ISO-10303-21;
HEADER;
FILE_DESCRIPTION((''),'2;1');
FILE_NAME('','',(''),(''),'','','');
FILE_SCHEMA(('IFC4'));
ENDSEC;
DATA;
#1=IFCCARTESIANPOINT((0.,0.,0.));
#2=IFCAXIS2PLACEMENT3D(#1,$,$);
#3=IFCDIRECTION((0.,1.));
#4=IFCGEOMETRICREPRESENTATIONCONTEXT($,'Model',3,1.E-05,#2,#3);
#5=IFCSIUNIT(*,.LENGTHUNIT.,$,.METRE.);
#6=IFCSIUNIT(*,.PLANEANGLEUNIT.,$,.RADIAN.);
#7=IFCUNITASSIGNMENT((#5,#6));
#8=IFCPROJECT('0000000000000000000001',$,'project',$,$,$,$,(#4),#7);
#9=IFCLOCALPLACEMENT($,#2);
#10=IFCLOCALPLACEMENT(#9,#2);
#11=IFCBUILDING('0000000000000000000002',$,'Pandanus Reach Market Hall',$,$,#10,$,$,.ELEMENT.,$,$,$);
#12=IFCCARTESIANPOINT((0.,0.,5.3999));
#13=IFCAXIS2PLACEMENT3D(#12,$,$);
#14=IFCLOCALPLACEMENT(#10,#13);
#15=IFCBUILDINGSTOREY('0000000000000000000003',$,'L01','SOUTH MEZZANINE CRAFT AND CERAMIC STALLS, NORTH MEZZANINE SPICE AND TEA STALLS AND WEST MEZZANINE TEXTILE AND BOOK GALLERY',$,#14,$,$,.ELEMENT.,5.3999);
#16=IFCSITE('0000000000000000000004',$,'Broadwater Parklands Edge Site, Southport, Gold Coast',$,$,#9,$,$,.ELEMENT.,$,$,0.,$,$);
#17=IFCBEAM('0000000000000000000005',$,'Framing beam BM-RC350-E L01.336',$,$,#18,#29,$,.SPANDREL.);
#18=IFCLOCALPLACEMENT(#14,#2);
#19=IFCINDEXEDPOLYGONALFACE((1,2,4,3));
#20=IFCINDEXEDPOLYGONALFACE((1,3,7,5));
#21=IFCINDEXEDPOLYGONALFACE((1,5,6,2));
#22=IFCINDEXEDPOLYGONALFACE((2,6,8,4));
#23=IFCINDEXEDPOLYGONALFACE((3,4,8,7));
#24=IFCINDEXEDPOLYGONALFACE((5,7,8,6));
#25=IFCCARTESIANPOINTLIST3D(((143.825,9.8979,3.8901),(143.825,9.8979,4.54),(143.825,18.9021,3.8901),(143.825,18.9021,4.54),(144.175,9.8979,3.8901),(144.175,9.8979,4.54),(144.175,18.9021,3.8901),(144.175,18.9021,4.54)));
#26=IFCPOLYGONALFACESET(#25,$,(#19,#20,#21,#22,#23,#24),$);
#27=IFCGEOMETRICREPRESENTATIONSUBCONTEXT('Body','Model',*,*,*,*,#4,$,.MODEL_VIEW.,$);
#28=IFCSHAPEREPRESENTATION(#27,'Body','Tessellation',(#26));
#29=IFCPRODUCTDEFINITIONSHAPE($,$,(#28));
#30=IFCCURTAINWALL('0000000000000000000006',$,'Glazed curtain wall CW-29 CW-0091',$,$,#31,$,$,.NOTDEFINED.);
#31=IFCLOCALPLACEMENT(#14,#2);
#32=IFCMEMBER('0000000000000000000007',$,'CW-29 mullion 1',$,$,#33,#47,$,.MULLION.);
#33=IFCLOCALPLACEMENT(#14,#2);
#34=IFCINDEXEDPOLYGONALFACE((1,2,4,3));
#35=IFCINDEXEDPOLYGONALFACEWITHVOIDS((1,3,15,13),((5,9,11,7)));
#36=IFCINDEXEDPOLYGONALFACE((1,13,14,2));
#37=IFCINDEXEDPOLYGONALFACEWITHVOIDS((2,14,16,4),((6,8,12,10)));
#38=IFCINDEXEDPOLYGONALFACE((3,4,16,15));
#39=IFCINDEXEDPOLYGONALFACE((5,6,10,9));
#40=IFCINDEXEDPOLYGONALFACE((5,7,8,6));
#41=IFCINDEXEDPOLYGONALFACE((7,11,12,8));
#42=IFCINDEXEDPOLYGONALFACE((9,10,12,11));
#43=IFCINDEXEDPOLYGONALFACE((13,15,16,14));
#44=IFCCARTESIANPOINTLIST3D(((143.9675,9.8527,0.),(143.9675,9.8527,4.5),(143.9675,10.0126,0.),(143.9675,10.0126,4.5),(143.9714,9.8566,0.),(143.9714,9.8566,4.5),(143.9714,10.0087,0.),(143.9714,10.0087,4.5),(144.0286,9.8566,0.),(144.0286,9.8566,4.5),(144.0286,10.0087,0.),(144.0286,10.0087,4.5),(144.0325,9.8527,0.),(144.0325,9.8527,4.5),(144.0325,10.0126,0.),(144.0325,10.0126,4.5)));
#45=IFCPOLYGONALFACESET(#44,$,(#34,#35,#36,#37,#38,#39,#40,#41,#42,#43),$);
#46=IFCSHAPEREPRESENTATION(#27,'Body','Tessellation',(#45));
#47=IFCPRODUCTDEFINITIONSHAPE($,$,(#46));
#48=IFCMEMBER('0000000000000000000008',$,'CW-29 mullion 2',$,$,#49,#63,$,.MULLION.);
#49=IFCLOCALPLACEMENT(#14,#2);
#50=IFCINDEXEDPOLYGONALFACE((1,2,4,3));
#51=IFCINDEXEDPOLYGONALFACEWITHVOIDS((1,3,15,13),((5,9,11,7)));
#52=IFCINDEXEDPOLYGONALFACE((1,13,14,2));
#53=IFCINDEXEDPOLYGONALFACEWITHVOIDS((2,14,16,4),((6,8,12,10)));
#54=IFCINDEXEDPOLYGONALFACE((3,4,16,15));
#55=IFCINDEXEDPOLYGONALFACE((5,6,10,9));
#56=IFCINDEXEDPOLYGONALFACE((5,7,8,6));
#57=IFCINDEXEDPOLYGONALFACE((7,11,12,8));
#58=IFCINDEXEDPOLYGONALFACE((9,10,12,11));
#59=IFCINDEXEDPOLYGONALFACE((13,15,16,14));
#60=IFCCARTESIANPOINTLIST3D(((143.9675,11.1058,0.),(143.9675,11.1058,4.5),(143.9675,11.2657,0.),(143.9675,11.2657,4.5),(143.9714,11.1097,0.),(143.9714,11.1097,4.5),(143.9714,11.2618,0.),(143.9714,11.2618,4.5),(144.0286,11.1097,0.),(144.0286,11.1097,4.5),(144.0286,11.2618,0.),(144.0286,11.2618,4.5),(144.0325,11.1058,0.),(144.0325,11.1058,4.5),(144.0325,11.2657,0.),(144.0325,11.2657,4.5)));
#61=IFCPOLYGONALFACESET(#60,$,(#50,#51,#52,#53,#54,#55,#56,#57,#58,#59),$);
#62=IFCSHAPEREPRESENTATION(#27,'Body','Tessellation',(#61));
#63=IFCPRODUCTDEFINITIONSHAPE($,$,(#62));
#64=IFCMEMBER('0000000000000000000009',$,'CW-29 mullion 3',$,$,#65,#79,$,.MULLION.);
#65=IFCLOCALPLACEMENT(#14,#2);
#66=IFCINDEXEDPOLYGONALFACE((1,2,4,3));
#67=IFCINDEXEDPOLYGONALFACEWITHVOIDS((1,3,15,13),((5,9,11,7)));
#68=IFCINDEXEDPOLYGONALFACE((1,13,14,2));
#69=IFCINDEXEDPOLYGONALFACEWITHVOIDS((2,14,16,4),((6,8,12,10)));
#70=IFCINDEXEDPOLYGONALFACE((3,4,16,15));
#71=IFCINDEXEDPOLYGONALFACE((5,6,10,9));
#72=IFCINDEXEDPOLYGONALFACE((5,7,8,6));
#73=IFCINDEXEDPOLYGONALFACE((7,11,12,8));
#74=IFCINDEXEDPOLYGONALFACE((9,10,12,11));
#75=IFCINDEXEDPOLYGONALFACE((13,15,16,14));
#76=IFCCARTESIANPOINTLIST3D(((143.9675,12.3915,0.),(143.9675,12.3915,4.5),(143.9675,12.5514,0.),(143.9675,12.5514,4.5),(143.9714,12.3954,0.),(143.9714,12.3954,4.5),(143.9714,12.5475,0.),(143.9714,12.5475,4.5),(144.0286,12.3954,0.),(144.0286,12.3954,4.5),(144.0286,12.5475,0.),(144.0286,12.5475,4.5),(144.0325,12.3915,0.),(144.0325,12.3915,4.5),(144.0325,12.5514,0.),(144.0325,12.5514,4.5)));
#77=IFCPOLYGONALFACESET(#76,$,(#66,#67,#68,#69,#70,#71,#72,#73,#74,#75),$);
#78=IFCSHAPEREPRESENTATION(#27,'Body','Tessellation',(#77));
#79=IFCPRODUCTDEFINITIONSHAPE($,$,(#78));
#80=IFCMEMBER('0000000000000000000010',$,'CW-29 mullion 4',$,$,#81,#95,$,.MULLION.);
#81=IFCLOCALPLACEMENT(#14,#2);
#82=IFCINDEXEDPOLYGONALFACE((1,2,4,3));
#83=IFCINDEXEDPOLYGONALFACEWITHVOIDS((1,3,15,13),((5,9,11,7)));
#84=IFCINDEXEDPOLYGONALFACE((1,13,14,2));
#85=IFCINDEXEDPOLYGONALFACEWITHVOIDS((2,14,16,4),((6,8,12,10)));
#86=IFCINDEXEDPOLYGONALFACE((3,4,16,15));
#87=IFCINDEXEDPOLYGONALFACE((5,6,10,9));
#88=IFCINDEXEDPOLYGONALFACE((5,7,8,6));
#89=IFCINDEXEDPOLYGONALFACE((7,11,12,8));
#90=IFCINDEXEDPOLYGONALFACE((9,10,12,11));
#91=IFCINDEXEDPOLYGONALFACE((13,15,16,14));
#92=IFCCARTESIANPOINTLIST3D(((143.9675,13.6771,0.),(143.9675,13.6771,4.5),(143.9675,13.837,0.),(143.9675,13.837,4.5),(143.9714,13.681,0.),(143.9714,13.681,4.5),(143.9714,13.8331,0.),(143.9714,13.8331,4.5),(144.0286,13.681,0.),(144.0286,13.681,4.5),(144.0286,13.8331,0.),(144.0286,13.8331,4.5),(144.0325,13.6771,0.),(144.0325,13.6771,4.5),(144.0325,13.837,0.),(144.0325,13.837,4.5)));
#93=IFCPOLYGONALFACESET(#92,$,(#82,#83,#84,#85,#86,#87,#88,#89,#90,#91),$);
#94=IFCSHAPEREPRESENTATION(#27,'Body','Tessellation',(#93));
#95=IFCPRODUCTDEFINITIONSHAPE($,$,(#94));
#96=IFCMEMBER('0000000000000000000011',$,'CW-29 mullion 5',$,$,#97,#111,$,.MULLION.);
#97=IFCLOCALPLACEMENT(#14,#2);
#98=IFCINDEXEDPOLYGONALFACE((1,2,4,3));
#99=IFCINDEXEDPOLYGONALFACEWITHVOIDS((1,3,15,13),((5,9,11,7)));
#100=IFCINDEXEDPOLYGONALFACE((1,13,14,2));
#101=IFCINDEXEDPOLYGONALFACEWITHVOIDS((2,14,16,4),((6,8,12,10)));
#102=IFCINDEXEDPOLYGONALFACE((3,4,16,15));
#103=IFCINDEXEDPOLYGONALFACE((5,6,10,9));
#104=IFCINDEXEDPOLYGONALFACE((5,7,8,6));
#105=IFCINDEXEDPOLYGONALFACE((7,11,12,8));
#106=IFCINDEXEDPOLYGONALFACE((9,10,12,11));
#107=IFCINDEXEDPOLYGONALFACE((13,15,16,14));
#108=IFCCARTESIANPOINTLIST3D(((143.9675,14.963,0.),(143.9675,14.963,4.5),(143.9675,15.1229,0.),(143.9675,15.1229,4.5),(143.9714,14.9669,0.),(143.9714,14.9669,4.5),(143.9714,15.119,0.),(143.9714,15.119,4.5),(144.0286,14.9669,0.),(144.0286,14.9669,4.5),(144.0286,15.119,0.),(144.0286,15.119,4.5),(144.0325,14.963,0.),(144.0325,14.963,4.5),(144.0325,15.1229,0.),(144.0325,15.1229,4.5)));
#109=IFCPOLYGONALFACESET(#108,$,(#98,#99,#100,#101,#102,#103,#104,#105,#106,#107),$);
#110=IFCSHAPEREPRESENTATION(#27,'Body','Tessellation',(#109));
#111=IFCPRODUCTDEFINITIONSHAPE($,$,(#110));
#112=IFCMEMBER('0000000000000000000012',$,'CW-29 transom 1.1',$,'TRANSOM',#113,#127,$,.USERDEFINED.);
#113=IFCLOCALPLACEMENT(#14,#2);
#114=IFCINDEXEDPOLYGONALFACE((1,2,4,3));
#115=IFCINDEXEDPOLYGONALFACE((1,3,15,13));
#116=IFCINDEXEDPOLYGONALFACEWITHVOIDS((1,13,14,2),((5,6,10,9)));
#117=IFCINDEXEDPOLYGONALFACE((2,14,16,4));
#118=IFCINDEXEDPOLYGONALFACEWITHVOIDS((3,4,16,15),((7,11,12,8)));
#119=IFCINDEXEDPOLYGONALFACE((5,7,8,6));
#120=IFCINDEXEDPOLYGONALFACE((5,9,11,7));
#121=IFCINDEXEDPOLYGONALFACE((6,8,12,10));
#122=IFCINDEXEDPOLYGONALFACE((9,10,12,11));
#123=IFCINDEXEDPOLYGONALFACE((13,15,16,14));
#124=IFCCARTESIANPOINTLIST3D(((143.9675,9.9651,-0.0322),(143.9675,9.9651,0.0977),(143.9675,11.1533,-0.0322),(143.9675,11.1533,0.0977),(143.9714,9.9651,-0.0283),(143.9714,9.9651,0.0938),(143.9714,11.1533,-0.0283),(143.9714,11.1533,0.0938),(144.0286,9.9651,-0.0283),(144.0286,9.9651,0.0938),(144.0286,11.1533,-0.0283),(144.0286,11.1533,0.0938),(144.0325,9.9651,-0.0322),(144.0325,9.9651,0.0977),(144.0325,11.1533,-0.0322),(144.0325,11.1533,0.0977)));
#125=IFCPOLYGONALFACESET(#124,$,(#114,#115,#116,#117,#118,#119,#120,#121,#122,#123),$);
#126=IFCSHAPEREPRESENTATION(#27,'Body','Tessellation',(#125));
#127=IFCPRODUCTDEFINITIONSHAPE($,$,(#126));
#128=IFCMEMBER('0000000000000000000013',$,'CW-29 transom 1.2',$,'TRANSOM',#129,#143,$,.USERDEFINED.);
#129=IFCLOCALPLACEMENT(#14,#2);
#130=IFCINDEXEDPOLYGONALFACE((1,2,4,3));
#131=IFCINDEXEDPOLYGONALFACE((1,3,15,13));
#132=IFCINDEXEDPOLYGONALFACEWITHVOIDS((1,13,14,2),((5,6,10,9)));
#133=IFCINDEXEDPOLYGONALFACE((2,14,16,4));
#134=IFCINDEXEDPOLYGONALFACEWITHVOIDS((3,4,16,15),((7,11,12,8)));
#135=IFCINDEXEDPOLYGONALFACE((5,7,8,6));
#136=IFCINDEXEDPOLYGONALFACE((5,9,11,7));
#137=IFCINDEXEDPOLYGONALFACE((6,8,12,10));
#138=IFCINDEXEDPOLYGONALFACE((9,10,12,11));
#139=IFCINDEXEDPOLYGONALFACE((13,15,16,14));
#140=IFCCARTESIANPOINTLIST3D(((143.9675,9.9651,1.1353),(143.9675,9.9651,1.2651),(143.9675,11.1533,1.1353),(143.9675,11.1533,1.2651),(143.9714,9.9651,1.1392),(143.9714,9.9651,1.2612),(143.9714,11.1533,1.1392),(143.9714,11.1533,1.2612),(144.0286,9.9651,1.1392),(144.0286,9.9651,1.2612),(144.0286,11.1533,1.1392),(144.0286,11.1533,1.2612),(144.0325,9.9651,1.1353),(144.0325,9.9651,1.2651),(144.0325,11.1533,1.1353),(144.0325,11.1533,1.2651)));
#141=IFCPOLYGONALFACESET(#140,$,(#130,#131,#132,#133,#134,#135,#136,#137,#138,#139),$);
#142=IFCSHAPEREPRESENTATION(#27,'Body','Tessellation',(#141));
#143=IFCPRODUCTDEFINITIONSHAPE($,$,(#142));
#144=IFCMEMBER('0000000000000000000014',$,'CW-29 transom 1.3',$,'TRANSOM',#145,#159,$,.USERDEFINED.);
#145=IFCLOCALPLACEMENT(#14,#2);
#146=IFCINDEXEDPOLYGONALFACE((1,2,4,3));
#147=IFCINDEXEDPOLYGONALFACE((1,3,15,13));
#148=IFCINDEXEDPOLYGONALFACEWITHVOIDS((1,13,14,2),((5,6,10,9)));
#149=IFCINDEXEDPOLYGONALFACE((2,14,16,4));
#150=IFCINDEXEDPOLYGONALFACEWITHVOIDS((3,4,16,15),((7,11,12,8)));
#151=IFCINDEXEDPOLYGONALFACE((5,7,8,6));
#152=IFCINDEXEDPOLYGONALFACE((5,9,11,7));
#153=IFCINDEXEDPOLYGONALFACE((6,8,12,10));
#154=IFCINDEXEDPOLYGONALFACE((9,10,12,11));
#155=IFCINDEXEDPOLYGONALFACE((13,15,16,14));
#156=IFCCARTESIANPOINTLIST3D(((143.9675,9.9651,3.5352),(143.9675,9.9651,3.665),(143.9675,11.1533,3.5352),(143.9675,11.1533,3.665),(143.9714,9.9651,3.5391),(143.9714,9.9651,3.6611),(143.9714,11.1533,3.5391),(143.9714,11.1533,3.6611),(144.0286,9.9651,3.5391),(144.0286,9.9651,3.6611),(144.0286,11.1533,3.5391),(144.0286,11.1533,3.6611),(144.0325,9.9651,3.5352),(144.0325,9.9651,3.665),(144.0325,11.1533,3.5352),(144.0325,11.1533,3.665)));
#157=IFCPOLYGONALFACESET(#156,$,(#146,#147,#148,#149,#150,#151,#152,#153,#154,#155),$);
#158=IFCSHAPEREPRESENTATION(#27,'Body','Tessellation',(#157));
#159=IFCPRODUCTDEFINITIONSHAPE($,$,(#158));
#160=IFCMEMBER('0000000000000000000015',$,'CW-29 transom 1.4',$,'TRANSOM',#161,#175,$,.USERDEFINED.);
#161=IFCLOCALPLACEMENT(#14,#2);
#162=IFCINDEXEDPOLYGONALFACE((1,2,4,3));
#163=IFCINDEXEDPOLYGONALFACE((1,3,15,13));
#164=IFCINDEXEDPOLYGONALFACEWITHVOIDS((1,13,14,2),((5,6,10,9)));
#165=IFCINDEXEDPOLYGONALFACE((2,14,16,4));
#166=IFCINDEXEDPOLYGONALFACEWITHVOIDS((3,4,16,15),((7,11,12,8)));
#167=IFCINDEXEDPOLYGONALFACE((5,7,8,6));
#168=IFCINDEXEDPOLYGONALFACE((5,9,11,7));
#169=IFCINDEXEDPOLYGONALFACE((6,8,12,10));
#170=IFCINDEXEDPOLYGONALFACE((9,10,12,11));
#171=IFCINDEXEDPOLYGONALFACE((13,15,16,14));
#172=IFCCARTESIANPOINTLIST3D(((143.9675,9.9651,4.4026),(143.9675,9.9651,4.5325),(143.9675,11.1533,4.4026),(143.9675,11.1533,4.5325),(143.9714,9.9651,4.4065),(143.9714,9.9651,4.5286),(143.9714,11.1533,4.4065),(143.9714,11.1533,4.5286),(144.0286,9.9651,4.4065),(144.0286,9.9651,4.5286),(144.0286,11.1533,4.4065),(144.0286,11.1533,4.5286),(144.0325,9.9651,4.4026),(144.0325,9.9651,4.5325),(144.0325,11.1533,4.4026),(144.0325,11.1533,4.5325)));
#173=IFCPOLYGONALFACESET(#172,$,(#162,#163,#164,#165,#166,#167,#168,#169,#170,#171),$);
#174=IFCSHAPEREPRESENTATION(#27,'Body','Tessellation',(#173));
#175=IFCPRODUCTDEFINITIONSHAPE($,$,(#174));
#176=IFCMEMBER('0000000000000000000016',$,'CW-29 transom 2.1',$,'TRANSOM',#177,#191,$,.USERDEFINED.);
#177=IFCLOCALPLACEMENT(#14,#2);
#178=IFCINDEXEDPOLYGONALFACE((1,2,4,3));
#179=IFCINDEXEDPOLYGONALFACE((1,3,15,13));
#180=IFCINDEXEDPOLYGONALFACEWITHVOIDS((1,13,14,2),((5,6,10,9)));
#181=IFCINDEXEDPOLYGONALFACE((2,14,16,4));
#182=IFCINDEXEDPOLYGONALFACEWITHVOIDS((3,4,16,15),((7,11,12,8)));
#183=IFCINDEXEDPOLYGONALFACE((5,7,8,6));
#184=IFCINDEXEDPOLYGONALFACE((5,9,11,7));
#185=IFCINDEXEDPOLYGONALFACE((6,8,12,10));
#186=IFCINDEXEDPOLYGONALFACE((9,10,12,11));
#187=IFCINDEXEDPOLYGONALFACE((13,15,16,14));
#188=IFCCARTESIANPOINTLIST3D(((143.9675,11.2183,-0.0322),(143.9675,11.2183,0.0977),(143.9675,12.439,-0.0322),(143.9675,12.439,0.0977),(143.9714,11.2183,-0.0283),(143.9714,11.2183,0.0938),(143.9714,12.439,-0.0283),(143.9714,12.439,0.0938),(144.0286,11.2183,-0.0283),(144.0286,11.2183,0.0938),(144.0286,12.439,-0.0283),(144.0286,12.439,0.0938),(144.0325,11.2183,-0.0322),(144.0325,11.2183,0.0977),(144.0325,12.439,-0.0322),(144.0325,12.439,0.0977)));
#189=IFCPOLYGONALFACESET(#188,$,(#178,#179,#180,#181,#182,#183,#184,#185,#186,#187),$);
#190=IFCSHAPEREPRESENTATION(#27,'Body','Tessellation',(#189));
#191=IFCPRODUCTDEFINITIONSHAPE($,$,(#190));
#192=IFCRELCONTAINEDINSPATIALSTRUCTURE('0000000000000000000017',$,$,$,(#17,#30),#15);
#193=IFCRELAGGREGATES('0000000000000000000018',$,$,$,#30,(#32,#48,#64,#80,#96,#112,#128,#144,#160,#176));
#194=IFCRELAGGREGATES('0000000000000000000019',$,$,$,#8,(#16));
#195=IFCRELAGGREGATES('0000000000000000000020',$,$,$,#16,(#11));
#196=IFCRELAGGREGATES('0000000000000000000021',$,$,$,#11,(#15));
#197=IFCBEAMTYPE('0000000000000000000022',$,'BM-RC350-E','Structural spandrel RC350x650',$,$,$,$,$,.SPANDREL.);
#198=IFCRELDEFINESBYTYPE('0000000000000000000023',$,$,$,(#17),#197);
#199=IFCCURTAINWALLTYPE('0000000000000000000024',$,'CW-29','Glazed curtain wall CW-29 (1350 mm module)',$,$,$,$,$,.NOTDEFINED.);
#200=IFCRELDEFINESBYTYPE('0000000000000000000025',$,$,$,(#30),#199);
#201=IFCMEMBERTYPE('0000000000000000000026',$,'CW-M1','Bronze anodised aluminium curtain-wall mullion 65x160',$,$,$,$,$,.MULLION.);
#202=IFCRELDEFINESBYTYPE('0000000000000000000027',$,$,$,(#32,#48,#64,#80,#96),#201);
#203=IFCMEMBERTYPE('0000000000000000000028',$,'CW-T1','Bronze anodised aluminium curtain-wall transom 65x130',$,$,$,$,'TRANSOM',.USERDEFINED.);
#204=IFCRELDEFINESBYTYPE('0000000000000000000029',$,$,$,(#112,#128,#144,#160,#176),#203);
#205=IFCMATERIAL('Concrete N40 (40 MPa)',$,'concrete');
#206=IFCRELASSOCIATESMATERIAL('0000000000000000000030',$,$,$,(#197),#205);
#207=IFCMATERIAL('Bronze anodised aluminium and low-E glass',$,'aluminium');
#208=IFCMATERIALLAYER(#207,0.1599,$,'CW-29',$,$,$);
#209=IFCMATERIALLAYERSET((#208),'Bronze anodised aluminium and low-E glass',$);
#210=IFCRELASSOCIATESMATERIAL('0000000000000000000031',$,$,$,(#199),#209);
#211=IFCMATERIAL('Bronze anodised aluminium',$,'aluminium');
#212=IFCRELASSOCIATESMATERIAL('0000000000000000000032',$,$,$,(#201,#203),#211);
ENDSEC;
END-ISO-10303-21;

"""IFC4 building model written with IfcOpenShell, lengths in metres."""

from ifc_helpers import new_model, si_unit, direction, frame, origin, origin_2d, place, context, subcontext, project, spatial, rectangle, hollow_rectangle, extrude, material, layer, layer_set, material_profile, profile_set, type_object, element, aggregate, save


model = new_model("IFC4")

# Units and contexts
model_context = context("Model", 3, precision=1e-05, world=origin(), true_north=direction((0.0, 1.0)))
body_context = subcontext(model_context, "Body", "Model", "MODEL_VIEW")
ifc_project = project(units=[si_unit("LENGTHUNIT", "METRE"), si_unit("PLANEANGLEUNIT", "RADIAN")], contexts=[model_context])

# Site, building, storey
site_placement = place(None, origin())
site = spatial("IfcSite", under=ifc_project, at=site_placement, Name="Broadwater Parklands Edge Site, Southport, Gold Coast", CompositionType="ELEMENT", RefElevation=0.0)
building_placement = place(site_placement, origin())
building = spatial("IfcBuilding", under=site, at=building_placement, Name="Pandanus Reach Market Hall", CompositionType="ELEMENT")
storey_placement = place(building_placement, frame((0.0, 0.0, 5.3999)))
storey = spatial("IfcBuildingStorey", under=building, at=storey_placement, Name="L01", Description="SOUTH MEZZANINE CRAFT AND CERAMIC STALLS, NORTH MEZZANINE SPICE AND TEA STALLS AND WEST MEZZANINE TEXTILE AND BOOK GALLERY", CompositionType="ELEMENT", Elevation=5.3999)

# Beam
ifc_material_1 = material(Name="Concrete N40 (40 MPa)", Category="concrete")
ifc_material_profile_1 = material_profile(ifc_material_1, rectangle(XDim=0.3501, YDim=0.6499, at=origin_2d()), Name="RC350x650", Category="LoadBearing")
ifc_profile_set_1 = profile_set([ifc_material_profile_1], Name="Concrete N40 (40 MPa)")
beam_type = type_object("IfcBeamType", Name="BM-RC350-E", Description="Structural spandrel RC350x650", PredefinedType="SPANDREL", material=ifc_profile_set_1)
beam_placement = place(storey_placement, frame((144.0, 9.8979, 4.2151), z_axis=(0.0, 1.0, 0.0), x_axis=(-1.0, 0.0, 0.0)))
element("IfcBeam", 1, at=beam_placement, inside=storey, type_object=beam_type, Name="Framing beam BM-RC350-E L01.336", PredefinedType="SPANDREL", context=body_context, shape_type="SweptSolid", body=[
    extrude(rectangle(XDim=0.3501, YDim=0.6499, at=origin_2d()), origin(), (0.0, 0.0, 1.0), 9.0042),
])

# Curtain wall, members
ifc_material_2 = material(Name="Bronze anodised aluminium and low-E glass", Category="aluminium")
ifc_layer_1 = layer(ifc_material_2, 0.1599, Name="CW-29")
ifc_layer_set_1 = layer_set([ifc_layer_1], Name="Bronze anodised aluminium and low-E glass")
curtain_wall_type = type_object("IfcCurtainWallType", Name="CW-29", Description="Glazed curtain wall CW-29 (1350 mm module)", PredefinedType="NOTDEFINED", material=ifc_layer_set_1)
curtain_wall_placement = place(storey_placement, origin())
curtain_wall = element("IfcCurtainWall", 2, at=curtain_wall_placement, inside=storey, type_object=curtain_wall_type, Name="Glazed curtain wall CW-29 CW-0091", PredefinedType="NOTDEFINED")
ifc_material_3 = material(Name="Bronze anodised aluminium", Category="aluminium")
ifc_material_profile_2 = material_profile(ifc_material_3, hollow_rectangle(XDim=0.0649, YDim=0.1599, WallThickness=0.0039, at=origin_2d()), Name="ALU65x160", Category="LoadBearing")
ifc_profile_set_2 = profile_set([ifc_material_profile_2], Name="Bronze anodised aluminium")
member_type_1 = type_object("IfcMemberType", Name="CW-M1", Description="Bronze anodised aluminium curtain-wall mullion 65x160", PredefinedType="MULLION", material=ifc_profile_set_2)
member_1_placement = place(storey_placement, frame((144.0, 9.9326, 0.0), z_axis=(0.0, 0.0, 1.0), x_axis=(-1.0, 0.0, 0.0)))
member_1 = element("IfcMember", 3, at=member_1_placement, type_object=member_type_1, Name="CW-29 mullion 1", PredefinedType="MULLION", context=body_context, shape_type="SweptSolid", body=[
    extrude(hollow_rectangle(XDim=0.0649, YDim=0.1599, WallThickness=0.0039, at=origin_2d()), origin(), (0.0, 0.0, 1.0), 4.5),
])
member_2_placement = place(storey_placement, frame((144.0, 11.1858, 0.0), z_axis=(0.0, 0.0, 1.0), x_axis=(-1.0, 0.0, 0.0)))
member_2 = element("IfcMember", 4, at=member_2_placement, type_object=member_type_1, Name="CW-29 mullion 2", PredefinedType="MULLION", context=body_context, shape_type="SweptSolid", body=[
    extrude(hollow_rectangle(XDim=0.0649, YDim=0.1599, WallThickness=0.0039, at=origin_2d()), origin(), (0.0, 0.0, 1.0), 4.5),
])
member_3_placement = place(storey_placement, frame((144.0, 12.4714, 0.0), z_axis=(0.0, 0.0, 1.0), x_axis=(-1.0, 0.0, 0.0)))
member_3 = element("IfcMember", 5, at=member_3_placement, type_object=member_type_1, Name="CW-29 mullion 3", PredefinedType="MULLION", context=body_context, shape_type="SweptSolid", body=[
    extrude(hollow_rectangle(XDim=0.0649, YDim=0.1599, WallThickness=0.0039, at=origin_2d()), origin(), (0.0, 0.0, 1.0), 4.5),
])
member_4_placement = place(storey_placement, frame((144.0, 13.7571, 0.0), z_axis=(0.0, 0.0, 1.0), x_axis=(-1.0, 0.0, 0.0)))
member_4 = element("IfcMember", 6, at=member_4_placement, type_object=member_type_1, Name="CW-29 mullion 4", PredefinedType="MULLION", context=body_context, shape_type="SweptSolid", body=[
    extrude(hollow_rectangle(XDim=0.0649, YDim=0.1599, WallThickness=0.0039, at=origin_2d()), origin(), (0.0, 0.0, 1.0), 4.5),
])
member_5_placement = place(storey_placement, frame((144.0, 15.043, 0.0), z_axis=(0.0, 0.0, 1.0), x_axis=(-1.0, 0.0, 0.0)))
member_5 = element("IfcMember", 7, at=member_5_placement, type_object=member_type_1, Name="CW-29 mullion 5", PredefinedType="MULLION", context=body_context, shape_type="SweptSolid", body=[
    extrude(hollow_rectangle(XDim=0.0649, YDim=0.1599, WallThickness=0.0039, at=origin_2d()), origin(), (0.0, 0.0, 1.0), 4.5),
])
ifc_material_profile_3 = material_profile(ifc_material_3, hollow_rectangle(XDim=0.0649, YDim=0.1299, WallThickness=0.0039, at=origin_2d()), Name="ALU65x130", Category="LoadBearing")
ifc_profile_set_3 = profile_set([ifc_material_profile_3], Name="Bronze anodised aluminium")
member_type_2 = type_object("IfcMemberType", Name="CW-T1", Description="Bronze anodised aluminium curtain-wall transom 65x130", ElementType="TRANSOM", PredefinedType="USERDEFINED", material=ifc_profile_set_3)
member_6_placement = place(storey_placement, frame((144.0, 9.9651, 0.0327), z_axis=(0.0, 1.0, 0.0), x_axis=(-1.0, 0.0, 0.0)))
member_6 = element("IfcMember", 8, at=member_6_placement, type_object=member_type_2, Name="CW-29 transom 1.1", ObjectType="TRANSOM", PredefinedType="USERDEFINED", context=body_context, shape_type="SweptSolid", body=[
    extrude(hollow_rectangle(XDim=0.0649, YDim=0.1299, WallThickness=0.0039, at=origin_2d()), origin(), (0.0, 0.0, 1.0), 1.1882),
])
member_7_placement = place(storey_placement, frame((144.0, 9.9651, 1.2002), z_axis=(0.0, 1.0, 0.0), x_axis=(-1.0, 0.0, 0.0)))
member_7 = element("IfcMember", 9, at=member_7_placement, type_object=member_type_2, Name="CW-29 transom 1.2", ObjectType="TRANSOM", PredefinedType="USERDEFINED", context=body_context, shape_type="SweptSolid", body=[
    extrude(hollow_rectangle(XDim=0.0649, YDim=0.1299, WallThickness=0.0039, at=origin_2d()), origin(), (0.0, 0.0, 1.0), 1.1882),
])
member_8_placement = place(storey_placement, frame((144.0, 9.9651, 3.6001), z_axis=(0.0, 1.0, 0.0), x_axis=(-1.0, 0.0, 0.0)))
member_8 = element("IfcMember", 10, at=member_8_placement, type_object=member_type_2, Name="CW-29 transom 1.3", ObjectType="TRANSOM", PredefinedType="USERDEFINED", context=body_context, shape_type="SweptSolid", body=[
    extrude(hollow_rectangle(XDim=0.0649, YDim=0.1299, WallThickness=0.0039, at=origin_2d()), origin(), (0.0, 0.0, 1.0), 1.1882),
])
member_9_placement = place(storey_placement, frame((144.0, 9.9651, 4.4675), z_axis=(0.0, 1.0, 0.0), x_axis=(-1.0, 0.0, 0.0)))
member_9 = element("IfcMember", 11, at=member_9_placement, type_object=member_type_2, Name="CW-29 transom 1.4", ObjectType="TRANSOM", PredefinedType="USERDEFINED", context=body_context, shape_type="SweptSolid", body=[
    extrude(hollow_rectangle(XDim=0.0649, YDim=0.1299, WallThickness=0.0039, at=origin_2d()), origin(), (0.0, 0.0, 1.0), 1.1882),
])
member_10_placement = place(storey_placement, frame((144.0, 11.2183, 0.0327), z_axis=(0.0, 1.0, 0.0), x_axis=(-1.0, 0.0, 0.0)))
member_10 = element("IfcMember", 12, at=member_10_placement, type_object=member_type_2, Name="CW-29 transom 2.1", ObjectType="TRANSOM", PredefinedType="USERDEFINED", context=body_context, shape_type="SweptSolid", body=[
    extrude(hollow_rectangle(XDim=0.0649, YDim=0.1299, WallThickness=0.0039, at=origin_2d()), origin(), (0.0, 0.0, 1.0), 1.2207),
])
aggregate(curtain_wall, [member_1, member_2, member_3, member_4, member_5, member_6, member_7, member_8, member_9, member_10])

save(model, "model.ifc")
